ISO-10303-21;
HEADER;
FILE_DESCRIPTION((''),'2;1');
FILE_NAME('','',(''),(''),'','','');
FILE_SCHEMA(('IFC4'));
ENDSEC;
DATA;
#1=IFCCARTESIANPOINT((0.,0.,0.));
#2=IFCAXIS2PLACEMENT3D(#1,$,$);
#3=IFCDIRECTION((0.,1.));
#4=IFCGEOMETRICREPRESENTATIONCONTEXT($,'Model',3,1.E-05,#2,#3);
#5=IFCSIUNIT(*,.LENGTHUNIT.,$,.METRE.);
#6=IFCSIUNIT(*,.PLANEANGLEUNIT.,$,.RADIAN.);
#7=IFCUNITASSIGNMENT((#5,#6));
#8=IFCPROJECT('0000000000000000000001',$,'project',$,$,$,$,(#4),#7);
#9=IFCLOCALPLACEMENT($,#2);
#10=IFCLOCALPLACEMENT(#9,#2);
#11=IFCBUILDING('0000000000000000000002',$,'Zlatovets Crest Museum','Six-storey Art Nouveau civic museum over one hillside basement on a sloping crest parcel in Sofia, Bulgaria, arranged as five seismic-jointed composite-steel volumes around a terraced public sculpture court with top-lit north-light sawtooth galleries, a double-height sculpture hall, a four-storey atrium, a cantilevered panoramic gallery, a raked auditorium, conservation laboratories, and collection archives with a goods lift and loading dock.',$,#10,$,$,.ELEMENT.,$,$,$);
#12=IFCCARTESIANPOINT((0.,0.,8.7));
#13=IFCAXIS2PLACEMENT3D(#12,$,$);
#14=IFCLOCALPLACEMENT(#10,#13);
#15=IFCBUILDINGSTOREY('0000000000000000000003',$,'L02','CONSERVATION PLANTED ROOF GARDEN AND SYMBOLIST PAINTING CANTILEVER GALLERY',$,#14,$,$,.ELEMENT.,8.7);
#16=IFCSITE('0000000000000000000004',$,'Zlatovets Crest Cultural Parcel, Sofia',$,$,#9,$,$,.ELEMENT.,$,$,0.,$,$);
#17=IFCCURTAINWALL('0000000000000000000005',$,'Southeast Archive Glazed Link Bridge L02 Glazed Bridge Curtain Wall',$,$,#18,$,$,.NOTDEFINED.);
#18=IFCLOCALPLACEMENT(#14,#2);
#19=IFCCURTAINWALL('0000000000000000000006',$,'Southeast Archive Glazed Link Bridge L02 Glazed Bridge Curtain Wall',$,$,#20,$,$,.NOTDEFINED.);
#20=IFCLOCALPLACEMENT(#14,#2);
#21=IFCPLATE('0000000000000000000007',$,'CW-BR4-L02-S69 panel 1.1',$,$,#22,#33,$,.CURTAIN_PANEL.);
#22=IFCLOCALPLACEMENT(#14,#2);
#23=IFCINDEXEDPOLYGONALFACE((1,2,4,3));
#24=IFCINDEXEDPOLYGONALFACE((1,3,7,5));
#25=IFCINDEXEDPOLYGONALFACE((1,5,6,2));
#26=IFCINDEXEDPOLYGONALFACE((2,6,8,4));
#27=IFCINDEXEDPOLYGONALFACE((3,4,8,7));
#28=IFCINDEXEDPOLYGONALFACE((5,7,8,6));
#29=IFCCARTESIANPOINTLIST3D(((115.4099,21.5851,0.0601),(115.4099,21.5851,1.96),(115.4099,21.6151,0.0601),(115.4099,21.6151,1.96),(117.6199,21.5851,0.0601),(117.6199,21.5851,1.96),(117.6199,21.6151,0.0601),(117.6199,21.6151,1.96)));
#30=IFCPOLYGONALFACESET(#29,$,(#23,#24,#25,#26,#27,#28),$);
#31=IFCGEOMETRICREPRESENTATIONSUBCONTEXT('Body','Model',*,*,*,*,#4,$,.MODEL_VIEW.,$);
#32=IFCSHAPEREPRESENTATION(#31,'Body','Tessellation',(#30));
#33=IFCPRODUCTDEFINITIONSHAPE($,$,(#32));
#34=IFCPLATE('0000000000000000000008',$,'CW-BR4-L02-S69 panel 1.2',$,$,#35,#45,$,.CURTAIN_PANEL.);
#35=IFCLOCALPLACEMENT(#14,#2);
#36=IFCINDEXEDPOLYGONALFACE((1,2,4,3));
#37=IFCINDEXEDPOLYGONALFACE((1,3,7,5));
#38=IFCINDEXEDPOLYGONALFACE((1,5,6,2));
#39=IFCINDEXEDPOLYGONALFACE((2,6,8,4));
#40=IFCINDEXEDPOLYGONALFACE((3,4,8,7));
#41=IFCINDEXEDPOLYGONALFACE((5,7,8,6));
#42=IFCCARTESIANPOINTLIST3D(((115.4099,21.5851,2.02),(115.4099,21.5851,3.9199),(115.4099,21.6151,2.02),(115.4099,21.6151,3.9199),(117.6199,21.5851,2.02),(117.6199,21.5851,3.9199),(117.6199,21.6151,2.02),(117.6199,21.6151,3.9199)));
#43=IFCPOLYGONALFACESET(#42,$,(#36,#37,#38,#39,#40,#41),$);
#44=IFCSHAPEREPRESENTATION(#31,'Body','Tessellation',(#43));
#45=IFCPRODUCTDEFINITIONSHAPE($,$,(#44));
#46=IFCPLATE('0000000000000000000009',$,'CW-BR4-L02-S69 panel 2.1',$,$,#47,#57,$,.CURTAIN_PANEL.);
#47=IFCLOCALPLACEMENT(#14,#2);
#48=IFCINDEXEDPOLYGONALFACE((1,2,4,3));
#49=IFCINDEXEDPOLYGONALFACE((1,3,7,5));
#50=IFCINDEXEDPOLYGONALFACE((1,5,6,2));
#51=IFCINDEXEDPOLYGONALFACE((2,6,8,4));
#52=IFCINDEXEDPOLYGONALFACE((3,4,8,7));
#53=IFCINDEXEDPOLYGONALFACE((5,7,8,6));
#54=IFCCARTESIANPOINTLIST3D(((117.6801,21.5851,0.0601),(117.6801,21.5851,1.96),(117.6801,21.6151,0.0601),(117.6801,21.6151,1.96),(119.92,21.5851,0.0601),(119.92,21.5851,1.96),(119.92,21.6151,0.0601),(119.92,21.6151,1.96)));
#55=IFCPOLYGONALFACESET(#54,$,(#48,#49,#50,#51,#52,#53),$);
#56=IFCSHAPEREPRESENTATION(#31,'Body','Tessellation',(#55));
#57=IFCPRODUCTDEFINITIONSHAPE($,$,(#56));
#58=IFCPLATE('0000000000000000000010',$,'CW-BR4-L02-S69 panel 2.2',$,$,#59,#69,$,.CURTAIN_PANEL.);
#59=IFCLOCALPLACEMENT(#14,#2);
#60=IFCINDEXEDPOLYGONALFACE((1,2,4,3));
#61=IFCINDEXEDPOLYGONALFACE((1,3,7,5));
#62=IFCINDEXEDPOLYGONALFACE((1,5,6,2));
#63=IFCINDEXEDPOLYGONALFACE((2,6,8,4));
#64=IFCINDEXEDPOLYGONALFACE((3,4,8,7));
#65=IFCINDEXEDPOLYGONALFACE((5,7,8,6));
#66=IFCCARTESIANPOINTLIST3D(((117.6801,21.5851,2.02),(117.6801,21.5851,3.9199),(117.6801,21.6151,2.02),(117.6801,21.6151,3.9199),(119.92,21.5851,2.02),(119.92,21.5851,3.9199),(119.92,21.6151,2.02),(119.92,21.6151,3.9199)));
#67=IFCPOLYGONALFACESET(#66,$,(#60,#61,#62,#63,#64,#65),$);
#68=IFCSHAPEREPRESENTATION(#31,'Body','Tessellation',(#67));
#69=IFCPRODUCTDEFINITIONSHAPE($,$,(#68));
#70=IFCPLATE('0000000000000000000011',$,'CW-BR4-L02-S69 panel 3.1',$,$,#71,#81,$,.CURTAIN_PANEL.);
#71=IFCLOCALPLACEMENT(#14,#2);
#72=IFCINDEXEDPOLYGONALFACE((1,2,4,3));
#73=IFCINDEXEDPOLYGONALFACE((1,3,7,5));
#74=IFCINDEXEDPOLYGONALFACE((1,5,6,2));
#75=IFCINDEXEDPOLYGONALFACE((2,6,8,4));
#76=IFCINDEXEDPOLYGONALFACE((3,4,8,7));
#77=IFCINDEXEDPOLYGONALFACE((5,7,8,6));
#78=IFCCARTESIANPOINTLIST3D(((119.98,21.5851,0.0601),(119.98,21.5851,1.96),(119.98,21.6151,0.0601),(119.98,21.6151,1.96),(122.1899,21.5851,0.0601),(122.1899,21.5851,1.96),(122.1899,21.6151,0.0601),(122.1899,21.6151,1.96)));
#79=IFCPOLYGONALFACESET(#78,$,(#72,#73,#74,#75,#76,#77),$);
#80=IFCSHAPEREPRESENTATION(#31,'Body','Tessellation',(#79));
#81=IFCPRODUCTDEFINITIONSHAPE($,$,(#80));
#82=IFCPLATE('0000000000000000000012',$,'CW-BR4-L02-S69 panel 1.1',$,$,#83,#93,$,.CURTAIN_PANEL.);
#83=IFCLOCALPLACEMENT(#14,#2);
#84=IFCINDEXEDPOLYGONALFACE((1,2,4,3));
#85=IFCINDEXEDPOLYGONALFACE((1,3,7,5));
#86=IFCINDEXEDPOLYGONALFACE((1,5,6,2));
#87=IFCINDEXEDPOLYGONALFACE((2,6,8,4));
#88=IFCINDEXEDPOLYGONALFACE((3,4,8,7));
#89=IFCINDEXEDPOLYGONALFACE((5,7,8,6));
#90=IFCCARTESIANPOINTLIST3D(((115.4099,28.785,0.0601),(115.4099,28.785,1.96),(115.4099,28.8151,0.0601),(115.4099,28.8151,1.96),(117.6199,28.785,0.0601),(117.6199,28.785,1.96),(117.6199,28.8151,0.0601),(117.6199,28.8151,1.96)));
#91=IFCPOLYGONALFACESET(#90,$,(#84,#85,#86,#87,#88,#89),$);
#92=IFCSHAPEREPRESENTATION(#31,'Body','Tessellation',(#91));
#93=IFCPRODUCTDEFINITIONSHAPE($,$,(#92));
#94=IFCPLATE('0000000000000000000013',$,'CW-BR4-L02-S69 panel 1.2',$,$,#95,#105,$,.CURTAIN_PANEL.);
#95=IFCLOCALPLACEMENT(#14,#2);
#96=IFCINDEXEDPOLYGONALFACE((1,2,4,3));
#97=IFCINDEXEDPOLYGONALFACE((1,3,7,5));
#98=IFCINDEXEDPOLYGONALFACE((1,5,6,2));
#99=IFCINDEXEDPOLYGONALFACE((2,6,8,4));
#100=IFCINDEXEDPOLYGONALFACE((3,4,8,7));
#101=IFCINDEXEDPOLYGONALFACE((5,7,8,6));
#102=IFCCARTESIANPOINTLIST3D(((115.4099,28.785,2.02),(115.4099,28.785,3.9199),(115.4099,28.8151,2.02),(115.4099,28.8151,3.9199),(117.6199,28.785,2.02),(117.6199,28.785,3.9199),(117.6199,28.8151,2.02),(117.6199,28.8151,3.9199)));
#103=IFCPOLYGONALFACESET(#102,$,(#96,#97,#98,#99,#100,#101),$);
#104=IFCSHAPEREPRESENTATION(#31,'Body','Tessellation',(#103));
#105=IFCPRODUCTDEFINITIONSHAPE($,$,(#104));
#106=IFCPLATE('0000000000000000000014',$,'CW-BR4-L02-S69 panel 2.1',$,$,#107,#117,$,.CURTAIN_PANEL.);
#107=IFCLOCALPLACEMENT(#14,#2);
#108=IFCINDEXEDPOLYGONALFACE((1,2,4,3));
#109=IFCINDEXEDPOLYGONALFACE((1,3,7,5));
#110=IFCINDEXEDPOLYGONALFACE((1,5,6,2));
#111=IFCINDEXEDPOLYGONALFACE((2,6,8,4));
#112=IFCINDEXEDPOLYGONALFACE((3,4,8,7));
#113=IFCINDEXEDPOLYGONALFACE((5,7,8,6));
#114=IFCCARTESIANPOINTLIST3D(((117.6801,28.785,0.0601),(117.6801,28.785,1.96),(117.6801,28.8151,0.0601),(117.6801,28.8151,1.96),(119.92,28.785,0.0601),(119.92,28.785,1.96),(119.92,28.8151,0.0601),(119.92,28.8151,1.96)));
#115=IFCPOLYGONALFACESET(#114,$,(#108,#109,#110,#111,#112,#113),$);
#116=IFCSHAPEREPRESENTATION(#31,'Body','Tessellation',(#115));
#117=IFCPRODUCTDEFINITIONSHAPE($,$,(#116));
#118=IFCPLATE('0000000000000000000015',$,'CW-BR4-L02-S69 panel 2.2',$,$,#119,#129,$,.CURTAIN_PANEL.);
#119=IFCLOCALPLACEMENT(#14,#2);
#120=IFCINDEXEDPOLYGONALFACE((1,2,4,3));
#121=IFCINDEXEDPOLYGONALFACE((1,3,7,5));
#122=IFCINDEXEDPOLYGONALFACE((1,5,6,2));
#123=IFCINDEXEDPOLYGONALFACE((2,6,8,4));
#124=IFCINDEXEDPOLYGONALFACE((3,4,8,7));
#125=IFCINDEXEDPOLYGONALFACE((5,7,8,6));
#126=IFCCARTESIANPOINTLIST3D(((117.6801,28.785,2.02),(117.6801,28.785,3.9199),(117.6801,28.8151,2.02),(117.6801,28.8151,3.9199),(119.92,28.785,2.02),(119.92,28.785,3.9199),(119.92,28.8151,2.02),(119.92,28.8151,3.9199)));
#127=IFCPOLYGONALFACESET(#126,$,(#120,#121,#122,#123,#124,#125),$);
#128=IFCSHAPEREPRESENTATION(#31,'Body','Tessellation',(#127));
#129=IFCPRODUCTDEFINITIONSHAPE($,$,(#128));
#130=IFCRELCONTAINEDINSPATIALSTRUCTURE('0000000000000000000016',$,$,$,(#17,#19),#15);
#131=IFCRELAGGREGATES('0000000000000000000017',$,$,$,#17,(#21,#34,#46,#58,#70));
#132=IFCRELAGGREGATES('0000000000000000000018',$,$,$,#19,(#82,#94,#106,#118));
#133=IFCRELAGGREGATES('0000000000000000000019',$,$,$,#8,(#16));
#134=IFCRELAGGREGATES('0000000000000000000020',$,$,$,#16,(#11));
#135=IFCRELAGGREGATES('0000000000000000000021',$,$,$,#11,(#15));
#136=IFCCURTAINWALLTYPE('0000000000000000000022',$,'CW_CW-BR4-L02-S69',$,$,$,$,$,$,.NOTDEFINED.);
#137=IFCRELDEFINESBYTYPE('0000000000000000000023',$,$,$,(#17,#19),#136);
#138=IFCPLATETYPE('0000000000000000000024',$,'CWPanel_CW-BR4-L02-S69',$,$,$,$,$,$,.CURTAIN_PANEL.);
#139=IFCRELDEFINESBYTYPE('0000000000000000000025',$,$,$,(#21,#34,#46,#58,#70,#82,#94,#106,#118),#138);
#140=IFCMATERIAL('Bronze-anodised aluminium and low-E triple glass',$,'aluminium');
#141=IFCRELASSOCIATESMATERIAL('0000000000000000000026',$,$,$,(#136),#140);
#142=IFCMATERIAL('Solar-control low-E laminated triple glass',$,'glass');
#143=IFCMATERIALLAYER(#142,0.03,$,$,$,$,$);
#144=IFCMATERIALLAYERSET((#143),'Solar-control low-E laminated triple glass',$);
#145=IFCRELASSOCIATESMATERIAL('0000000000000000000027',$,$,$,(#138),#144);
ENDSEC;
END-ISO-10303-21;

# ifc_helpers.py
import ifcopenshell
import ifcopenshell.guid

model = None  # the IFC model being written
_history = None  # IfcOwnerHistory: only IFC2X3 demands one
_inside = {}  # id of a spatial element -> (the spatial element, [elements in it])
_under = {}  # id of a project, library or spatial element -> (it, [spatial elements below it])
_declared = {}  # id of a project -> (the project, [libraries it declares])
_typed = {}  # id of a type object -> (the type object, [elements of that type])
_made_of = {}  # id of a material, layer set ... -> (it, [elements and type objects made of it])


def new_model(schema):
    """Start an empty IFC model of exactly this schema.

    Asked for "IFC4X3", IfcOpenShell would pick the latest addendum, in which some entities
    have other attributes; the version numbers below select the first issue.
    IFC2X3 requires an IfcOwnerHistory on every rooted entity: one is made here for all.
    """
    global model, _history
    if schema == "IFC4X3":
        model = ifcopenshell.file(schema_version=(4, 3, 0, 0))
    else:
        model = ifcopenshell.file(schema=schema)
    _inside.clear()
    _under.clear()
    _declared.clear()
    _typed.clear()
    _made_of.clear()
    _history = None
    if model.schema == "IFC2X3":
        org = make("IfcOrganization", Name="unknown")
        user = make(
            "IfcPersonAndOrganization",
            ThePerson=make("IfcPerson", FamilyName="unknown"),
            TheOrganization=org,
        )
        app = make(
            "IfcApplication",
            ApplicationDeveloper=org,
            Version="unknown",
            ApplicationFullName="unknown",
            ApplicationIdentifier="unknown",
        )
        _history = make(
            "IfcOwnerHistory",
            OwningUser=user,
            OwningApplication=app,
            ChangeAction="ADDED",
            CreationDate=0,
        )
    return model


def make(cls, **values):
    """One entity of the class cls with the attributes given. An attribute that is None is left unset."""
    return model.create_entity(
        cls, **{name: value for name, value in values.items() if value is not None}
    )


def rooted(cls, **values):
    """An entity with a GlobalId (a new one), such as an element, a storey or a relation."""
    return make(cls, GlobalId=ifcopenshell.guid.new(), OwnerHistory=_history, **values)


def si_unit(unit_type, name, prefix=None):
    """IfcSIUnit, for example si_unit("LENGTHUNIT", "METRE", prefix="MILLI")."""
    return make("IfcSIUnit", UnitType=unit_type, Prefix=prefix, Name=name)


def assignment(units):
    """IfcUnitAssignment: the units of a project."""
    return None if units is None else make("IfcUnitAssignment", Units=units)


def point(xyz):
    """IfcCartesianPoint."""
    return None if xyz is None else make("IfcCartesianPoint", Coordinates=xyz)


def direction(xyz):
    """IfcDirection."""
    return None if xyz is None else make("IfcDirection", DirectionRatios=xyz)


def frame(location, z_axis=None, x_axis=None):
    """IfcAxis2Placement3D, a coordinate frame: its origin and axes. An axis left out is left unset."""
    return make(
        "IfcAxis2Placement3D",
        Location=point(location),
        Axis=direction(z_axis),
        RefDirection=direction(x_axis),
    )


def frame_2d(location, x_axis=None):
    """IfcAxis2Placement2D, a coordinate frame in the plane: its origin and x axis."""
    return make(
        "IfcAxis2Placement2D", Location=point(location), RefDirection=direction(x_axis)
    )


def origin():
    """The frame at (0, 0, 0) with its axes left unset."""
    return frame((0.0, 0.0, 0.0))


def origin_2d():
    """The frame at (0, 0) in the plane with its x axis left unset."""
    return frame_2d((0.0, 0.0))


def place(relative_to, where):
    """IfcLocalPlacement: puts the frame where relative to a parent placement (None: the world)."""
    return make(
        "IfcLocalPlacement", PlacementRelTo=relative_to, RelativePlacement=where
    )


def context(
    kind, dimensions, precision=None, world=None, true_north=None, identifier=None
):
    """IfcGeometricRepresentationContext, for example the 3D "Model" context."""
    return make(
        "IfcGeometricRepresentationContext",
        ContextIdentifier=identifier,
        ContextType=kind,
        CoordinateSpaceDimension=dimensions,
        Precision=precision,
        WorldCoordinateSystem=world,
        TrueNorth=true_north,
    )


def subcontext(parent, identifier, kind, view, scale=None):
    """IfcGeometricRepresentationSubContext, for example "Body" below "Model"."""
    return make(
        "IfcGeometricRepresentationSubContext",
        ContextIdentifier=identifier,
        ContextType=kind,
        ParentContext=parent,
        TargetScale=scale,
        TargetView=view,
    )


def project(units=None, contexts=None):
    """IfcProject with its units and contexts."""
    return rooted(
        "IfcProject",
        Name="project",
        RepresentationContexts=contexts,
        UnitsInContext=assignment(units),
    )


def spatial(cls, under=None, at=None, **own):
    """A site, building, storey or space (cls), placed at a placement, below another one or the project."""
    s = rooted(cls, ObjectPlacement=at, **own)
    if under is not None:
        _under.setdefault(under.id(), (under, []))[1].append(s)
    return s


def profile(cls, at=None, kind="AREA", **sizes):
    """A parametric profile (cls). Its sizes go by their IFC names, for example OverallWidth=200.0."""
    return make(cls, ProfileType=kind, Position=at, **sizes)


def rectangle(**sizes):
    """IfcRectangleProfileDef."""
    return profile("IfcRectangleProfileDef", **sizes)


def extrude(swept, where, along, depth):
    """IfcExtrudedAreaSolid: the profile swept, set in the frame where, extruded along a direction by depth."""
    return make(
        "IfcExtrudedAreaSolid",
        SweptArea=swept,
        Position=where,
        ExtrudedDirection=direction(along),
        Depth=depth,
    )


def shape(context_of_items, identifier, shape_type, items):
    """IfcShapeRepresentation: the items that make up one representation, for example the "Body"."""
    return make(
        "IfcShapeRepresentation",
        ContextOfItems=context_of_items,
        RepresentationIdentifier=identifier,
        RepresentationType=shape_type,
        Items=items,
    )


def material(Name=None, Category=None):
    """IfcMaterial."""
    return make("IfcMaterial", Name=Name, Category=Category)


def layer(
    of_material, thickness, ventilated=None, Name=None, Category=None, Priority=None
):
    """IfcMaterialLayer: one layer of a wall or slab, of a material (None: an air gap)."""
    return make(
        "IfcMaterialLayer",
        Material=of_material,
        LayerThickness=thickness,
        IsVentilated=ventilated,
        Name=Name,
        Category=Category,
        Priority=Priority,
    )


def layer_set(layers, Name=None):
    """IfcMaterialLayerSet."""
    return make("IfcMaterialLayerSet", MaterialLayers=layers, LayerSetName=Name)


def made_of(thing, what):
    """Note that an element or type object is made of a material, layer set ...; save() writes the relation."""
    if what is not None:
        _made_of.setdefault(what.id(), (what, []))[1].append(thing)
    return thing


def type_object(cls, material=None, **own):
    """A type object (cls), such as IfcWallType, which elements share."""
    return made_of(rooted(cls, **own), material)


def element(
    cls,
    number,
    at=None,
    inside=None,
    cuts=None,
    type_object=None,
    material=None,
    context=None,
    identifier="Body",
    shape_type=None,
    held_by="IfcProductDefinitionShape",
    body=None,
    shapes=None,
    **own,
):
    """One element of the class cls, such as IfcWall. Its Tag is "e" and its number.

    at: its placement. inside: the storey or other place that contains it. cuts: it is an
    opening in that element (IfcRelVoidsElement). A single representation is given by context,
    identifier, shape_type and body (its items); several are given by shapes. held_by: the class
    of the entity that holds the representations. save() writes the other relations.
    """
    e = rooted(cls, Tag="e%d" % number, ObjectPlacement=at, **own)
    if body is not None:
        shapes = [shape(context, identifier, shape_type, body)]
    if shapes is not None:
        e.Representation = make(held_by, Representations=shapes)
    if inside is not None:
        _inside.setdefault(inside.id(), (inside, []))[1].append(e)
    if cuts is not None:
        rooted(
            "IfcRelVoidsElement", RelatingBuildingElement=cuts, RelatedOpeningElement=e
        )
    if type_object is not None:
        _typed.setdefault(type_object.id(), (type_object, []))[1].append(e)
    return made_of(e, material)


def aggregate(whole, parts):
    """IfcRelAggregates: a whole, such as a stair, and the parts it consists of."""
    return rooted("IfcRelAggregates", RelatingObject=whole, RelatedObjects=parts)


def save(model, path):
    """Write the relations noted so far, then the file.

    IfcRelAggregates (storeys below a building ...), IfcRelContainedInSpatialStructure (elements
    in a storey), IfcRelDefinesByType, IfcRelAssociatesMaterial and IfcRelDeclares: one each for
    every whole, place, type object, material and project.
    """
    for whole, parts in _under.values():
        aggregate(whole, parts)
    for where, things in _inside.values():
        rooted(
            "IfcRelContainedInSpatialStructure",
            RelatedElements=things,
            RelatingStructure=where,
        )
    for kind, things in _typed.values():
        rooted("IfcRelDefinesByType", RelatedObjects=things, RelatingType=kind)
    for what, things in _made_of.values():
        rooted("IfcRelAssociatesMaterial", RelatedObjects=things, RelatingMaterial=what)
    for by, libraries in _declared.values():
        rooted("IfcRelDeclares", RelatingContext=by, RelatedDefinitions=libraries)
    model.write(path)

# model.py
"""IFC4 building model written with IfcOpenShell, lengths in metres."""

from ifc_helpers import new_model, si_unit, direction, frame, origin, origin_2d, place, context, subcontext, project, spatial, rectangle, extrude, material, layer, layer_set, type_object, element, aggregate, save


model = new_model("IFC4")

# Units and contexts
model_context = context("Model", 3, precision=1e-05, world=origin(), true_north=direction((0.0, 1.0)))
body_context = subcontext(model_context, "Body", "Model", "MODEL_VIEW")
ifc_project = project(units=[si_unit("LENGTHUNIT", "METRE"), si_unit("PLANEANGLEUNIT", "RADIAN")], contexts=[model_context])

# Site, building, storey
site_placement = place(None, origin())
site = spatial("IfcSite", under=ifc_project, at=site_placement, Name="Zlatovets Crest Cultural Parcel, Sofia", CompositionType="ELEMENT", RefElevation=0.0)
building_placement = place(site_placement, origin())
building = spatial("IfcBuilding", under=site, at=building_placement, Name="Zlatovets Crest Museum", Description="Six-storey Art Nouveau civic museum over one hillside basement on a sloping crest parcel in Sofia, Bulgaria, arranged as five seismic-jointed composite-steel volumes around a terraced public sculpture court with top-lit north-light sawtooth galleries, a double-height sculpture hall, a four-storey atrium, a cantilevered panoramic gallery, a raked auditorium, conservation laboratories, and collection archives with a goods lift and loading dock.", CompositionType="ELEMENT")
storey_placement = place(building_placement, frame((0.0, 0.0, 8.7)))
storey = spatial("IfcBuildingStorey", under=building, at=storey_placement, Name="L02", Description="CONSERVATION PLANTED ROOF GARDEN AND SYMBOLIST PAINTING CANTILEVER GALLERY", CompositionType="ELEMENT", Elevation=8.7)

# Curtain walls
ifc_material_1 = material(Name="Bronze-anodised aluminium and low-E triple glass", Category="aluminium")
curtain_wall_type = type_object("IfcCurtainWallType", Name="CW_CW-BR4-L02-S69", PredefinedType="NOTDEFINED", material=ifc_material_1)
curtain_wall_1_placement = place(storey_placement, origin())
curtain_wall_1 = element("IfcCurtainWall", 1, at=curtain_wall_1_placement, inside=storey, type_object=curtain_wall_type, Name="Southeast Archive Glazed Link Bridge L02 Glazed Bridge Curtain Wall", PredefinedType="NOTDEFINED")
curtain_wall_2_placement = place(storey_placement, origin())
curtain_wall_2 = element("IfcCurtainWall", 2, at=curtain_wall_2_placement, inside=storey, type_object=curtain_wall_type, Name="Southeast Archive Glazed Link Bridge L02 Glazed Bridge Curtain Wall", PredefinedType="NOTDEFINED")

# Plates
ifc_material_2 = material(Name="Solar-control low-E laminated triple glass", Category="glass")
ifc_layer = layer(ifc_material_2, 0.03)
ifc_layer_set = layer_set([ifc_layer], Name="Solar-control low-E laminated triple glass")
plate_type = type_object("IfcPlateType", Name="CWPanel_CW-BR4-L02-S69", PredefinedType="CURTAIN_PANEL", material=ifc_layer_set)
plate_1_placement = place(storey_placement, frame((116.5149, 21.6001, 0.0601), z_axis=(0.0, 0.0, 1.0), x_axis=(1.0, 0.0, 0.0)))
plate_1 = element("IfcPlate", 3, at=plate_1_placement, type_object=plate_type, Name="CW-BR4-L02-S69 panel 1.1", PredefinedType="CURTAIN_PANEL", context=body_context, shape_type="SweptSolid", body=[
    extrude(rectangle(XDim=2.21, YDim=0.03, at=origin_2d()), origin(), (0.0, 0.0, 1.0), 1.8999),
])
plate_2_placement = place(storey_placement, frame((116.5149, 21.6001, 2.02), z_axis=(0.0, 0.0, 1.0), x_axis=(1.0, 0.0, 0.0)))
plate_2 = element("IfcPlate", 4, at=plate_2_placement, type_object=plate_type, Name="CW-BR4-L02-S69 panel 1.2", PredefinedType="CURTAIN_PANEL", context=body_context, shape_type="SweptSolid", body=[
    extrude(rectangle(XDim=2.21, YDim=0.03, at=origin_2d()), origin(), (0.0, 0.0, 1.0), 1.8999),
])
plate_3_placement = place(storey_placement, frame((118.8, 21.6001, 0.0601), z_axis=(0.0, 0.0, 1.0), x_axis=(1.0, 0.0, 0.0)))
plate_3 = element("IfcPlate", 5, at=plate_3_placement, type_object=plate_type, Name="CW-BR4-L02-S69 panel 2.1", PredefinedType="CURTAIN_PANEL", context=body_context, shape_type="SweptSolid", body=[
    extrude(rectangle(XDim=2.24, YDim=0.03, at=origin_2d()), origin(), (0.0, 0.0, 1.0), 1.8999),
])
plate_4_placement = place(storey_placement, frame((118.8, 21.6001, 2.02), z_axis=(0.0, 0.0, 1.0), x_axis=(1.0, 0.0, 0.0)))
plate_4 = element("IfcPlate", 6, at=plate_4_placement, type_object=plate_type, Name="CW-BR4-L02-S69 panel 2.2", PredefinedType="CURTAIN_PANEL", context=body_context, shape_type="SweptSolid", body=[
    extrude(rectangle(XDim=2.24, YDim=0.03, at=origin_2d()), origin(), (0.0, 0.0, 1.0), 1.8999),
])
plate_5_placement = place(storey_placement, frame((121.085, 21.6001, 0.0601), z_axis=(0.0, 0.0, 1.0), x_axis=(1.0, 0.0, 0.0)))
plate_5 = element("IfcPlate", 7, at=plate_5_placement, type_object=plate_type, Name="CW-BR4-L02-S69 panel 3.1", PredefinedType="CURTAIN_PANEL", context=body_context, shape_type="SweptSolid", body=[
    extrude(rectangle(XDim=2.21, YDim=0.03, at=origin_2d()), origin(), (0.0, 0.0, 1.0), 1.8999),
])
aggregate(curtain_wall_1, [plate_1, plate_2, plate_3, plate_4, plate_5])
plate_6_placement = place(storey_placement, frame((116.5149, 28.8, 0.0601), z_axis=(0.0, 0.0, 1.0), x_axis=(1.0, 0.0, 0.0)))
plate_6 = element("IfcPlate", 8, at=plate_6_placement, type_object=plate_type, Name="CW-BR4-L02-S69 panel 1.1", PredefinedType="CURTAIN_PANEL", context=body_context, shape_type="SweptSolid", body=[
    extrude(rectangle(XDim=2.21, YDim=0.03, at=origin_2d()), origin(), (0.0, 0.0, 1.0), 1.8999),
])
plate_7_placement = place(storey_placement, frame((116.5149, 28.8, 2.02), z_axis=(0.0, 0.0, 1.0), x_axis=(1.0, 0.0, 0.0)))
plate_7 = element("IfcPlate", 9, at=plate_7_placement, type_object=plate_type, Name="CW-BR4-L02-S69 panel 1.2", PredefinedType="CURTAIN_PANEL", context=body_context, shape_type="SweptSolid", body=[
    extrude(rectangle(XDim=2.21, YDim=0.03, at=origin_2d()), origin(), (0.0, 0.0, 1.0), 1.8999),
])
plate_8_placement = place(storey_placement, frame((118.8, 28.8, 0.0601), z_axis=(0.0, 0.0, 1.0), x_axis=(1.0, 0.0, 0.0)))
plate_8 = element("IfcPlate", 10, at=plate_8_placement, type_object=plate_type, Name="CW-BR4-L02-S69 panel 2.1", PredefinedType="CURTAIN_PANEL", context=body_context, shape_type="SweptSolid", body=[
    extrude(rectangle(XDim=2.24, YDim=0.03, at=origin_2d()), origin(), (0.0, 0.0, 1.0), 1.8999),
])
plate_9_placement = place(storey_placement, frame((118.8, 28.8, 2.02), z_axis=(0.0, 0.0, 1.0), x_axis=(1.0, 0.0, 0.0)))
plate_9 = element("IfcPlate", 11, at=plate_9_placement, type_object=plate_type, Name="CW-BR4-L02-S69 panel 2.2", PredefinedType="CURTAIN_PANEL", context=body_context, shape_type="SweptSolid", body=[
    extrude(rectangle(XDim=2.24, YDim=0.03, at=origin_2d()), origin(), (0.0, 0.0, 1.0), 1.8999),
])
aggregate(curtain_wall_2, [plate_6, plate_7, plate_8, plate_9])

save(model, "model.ifc")
